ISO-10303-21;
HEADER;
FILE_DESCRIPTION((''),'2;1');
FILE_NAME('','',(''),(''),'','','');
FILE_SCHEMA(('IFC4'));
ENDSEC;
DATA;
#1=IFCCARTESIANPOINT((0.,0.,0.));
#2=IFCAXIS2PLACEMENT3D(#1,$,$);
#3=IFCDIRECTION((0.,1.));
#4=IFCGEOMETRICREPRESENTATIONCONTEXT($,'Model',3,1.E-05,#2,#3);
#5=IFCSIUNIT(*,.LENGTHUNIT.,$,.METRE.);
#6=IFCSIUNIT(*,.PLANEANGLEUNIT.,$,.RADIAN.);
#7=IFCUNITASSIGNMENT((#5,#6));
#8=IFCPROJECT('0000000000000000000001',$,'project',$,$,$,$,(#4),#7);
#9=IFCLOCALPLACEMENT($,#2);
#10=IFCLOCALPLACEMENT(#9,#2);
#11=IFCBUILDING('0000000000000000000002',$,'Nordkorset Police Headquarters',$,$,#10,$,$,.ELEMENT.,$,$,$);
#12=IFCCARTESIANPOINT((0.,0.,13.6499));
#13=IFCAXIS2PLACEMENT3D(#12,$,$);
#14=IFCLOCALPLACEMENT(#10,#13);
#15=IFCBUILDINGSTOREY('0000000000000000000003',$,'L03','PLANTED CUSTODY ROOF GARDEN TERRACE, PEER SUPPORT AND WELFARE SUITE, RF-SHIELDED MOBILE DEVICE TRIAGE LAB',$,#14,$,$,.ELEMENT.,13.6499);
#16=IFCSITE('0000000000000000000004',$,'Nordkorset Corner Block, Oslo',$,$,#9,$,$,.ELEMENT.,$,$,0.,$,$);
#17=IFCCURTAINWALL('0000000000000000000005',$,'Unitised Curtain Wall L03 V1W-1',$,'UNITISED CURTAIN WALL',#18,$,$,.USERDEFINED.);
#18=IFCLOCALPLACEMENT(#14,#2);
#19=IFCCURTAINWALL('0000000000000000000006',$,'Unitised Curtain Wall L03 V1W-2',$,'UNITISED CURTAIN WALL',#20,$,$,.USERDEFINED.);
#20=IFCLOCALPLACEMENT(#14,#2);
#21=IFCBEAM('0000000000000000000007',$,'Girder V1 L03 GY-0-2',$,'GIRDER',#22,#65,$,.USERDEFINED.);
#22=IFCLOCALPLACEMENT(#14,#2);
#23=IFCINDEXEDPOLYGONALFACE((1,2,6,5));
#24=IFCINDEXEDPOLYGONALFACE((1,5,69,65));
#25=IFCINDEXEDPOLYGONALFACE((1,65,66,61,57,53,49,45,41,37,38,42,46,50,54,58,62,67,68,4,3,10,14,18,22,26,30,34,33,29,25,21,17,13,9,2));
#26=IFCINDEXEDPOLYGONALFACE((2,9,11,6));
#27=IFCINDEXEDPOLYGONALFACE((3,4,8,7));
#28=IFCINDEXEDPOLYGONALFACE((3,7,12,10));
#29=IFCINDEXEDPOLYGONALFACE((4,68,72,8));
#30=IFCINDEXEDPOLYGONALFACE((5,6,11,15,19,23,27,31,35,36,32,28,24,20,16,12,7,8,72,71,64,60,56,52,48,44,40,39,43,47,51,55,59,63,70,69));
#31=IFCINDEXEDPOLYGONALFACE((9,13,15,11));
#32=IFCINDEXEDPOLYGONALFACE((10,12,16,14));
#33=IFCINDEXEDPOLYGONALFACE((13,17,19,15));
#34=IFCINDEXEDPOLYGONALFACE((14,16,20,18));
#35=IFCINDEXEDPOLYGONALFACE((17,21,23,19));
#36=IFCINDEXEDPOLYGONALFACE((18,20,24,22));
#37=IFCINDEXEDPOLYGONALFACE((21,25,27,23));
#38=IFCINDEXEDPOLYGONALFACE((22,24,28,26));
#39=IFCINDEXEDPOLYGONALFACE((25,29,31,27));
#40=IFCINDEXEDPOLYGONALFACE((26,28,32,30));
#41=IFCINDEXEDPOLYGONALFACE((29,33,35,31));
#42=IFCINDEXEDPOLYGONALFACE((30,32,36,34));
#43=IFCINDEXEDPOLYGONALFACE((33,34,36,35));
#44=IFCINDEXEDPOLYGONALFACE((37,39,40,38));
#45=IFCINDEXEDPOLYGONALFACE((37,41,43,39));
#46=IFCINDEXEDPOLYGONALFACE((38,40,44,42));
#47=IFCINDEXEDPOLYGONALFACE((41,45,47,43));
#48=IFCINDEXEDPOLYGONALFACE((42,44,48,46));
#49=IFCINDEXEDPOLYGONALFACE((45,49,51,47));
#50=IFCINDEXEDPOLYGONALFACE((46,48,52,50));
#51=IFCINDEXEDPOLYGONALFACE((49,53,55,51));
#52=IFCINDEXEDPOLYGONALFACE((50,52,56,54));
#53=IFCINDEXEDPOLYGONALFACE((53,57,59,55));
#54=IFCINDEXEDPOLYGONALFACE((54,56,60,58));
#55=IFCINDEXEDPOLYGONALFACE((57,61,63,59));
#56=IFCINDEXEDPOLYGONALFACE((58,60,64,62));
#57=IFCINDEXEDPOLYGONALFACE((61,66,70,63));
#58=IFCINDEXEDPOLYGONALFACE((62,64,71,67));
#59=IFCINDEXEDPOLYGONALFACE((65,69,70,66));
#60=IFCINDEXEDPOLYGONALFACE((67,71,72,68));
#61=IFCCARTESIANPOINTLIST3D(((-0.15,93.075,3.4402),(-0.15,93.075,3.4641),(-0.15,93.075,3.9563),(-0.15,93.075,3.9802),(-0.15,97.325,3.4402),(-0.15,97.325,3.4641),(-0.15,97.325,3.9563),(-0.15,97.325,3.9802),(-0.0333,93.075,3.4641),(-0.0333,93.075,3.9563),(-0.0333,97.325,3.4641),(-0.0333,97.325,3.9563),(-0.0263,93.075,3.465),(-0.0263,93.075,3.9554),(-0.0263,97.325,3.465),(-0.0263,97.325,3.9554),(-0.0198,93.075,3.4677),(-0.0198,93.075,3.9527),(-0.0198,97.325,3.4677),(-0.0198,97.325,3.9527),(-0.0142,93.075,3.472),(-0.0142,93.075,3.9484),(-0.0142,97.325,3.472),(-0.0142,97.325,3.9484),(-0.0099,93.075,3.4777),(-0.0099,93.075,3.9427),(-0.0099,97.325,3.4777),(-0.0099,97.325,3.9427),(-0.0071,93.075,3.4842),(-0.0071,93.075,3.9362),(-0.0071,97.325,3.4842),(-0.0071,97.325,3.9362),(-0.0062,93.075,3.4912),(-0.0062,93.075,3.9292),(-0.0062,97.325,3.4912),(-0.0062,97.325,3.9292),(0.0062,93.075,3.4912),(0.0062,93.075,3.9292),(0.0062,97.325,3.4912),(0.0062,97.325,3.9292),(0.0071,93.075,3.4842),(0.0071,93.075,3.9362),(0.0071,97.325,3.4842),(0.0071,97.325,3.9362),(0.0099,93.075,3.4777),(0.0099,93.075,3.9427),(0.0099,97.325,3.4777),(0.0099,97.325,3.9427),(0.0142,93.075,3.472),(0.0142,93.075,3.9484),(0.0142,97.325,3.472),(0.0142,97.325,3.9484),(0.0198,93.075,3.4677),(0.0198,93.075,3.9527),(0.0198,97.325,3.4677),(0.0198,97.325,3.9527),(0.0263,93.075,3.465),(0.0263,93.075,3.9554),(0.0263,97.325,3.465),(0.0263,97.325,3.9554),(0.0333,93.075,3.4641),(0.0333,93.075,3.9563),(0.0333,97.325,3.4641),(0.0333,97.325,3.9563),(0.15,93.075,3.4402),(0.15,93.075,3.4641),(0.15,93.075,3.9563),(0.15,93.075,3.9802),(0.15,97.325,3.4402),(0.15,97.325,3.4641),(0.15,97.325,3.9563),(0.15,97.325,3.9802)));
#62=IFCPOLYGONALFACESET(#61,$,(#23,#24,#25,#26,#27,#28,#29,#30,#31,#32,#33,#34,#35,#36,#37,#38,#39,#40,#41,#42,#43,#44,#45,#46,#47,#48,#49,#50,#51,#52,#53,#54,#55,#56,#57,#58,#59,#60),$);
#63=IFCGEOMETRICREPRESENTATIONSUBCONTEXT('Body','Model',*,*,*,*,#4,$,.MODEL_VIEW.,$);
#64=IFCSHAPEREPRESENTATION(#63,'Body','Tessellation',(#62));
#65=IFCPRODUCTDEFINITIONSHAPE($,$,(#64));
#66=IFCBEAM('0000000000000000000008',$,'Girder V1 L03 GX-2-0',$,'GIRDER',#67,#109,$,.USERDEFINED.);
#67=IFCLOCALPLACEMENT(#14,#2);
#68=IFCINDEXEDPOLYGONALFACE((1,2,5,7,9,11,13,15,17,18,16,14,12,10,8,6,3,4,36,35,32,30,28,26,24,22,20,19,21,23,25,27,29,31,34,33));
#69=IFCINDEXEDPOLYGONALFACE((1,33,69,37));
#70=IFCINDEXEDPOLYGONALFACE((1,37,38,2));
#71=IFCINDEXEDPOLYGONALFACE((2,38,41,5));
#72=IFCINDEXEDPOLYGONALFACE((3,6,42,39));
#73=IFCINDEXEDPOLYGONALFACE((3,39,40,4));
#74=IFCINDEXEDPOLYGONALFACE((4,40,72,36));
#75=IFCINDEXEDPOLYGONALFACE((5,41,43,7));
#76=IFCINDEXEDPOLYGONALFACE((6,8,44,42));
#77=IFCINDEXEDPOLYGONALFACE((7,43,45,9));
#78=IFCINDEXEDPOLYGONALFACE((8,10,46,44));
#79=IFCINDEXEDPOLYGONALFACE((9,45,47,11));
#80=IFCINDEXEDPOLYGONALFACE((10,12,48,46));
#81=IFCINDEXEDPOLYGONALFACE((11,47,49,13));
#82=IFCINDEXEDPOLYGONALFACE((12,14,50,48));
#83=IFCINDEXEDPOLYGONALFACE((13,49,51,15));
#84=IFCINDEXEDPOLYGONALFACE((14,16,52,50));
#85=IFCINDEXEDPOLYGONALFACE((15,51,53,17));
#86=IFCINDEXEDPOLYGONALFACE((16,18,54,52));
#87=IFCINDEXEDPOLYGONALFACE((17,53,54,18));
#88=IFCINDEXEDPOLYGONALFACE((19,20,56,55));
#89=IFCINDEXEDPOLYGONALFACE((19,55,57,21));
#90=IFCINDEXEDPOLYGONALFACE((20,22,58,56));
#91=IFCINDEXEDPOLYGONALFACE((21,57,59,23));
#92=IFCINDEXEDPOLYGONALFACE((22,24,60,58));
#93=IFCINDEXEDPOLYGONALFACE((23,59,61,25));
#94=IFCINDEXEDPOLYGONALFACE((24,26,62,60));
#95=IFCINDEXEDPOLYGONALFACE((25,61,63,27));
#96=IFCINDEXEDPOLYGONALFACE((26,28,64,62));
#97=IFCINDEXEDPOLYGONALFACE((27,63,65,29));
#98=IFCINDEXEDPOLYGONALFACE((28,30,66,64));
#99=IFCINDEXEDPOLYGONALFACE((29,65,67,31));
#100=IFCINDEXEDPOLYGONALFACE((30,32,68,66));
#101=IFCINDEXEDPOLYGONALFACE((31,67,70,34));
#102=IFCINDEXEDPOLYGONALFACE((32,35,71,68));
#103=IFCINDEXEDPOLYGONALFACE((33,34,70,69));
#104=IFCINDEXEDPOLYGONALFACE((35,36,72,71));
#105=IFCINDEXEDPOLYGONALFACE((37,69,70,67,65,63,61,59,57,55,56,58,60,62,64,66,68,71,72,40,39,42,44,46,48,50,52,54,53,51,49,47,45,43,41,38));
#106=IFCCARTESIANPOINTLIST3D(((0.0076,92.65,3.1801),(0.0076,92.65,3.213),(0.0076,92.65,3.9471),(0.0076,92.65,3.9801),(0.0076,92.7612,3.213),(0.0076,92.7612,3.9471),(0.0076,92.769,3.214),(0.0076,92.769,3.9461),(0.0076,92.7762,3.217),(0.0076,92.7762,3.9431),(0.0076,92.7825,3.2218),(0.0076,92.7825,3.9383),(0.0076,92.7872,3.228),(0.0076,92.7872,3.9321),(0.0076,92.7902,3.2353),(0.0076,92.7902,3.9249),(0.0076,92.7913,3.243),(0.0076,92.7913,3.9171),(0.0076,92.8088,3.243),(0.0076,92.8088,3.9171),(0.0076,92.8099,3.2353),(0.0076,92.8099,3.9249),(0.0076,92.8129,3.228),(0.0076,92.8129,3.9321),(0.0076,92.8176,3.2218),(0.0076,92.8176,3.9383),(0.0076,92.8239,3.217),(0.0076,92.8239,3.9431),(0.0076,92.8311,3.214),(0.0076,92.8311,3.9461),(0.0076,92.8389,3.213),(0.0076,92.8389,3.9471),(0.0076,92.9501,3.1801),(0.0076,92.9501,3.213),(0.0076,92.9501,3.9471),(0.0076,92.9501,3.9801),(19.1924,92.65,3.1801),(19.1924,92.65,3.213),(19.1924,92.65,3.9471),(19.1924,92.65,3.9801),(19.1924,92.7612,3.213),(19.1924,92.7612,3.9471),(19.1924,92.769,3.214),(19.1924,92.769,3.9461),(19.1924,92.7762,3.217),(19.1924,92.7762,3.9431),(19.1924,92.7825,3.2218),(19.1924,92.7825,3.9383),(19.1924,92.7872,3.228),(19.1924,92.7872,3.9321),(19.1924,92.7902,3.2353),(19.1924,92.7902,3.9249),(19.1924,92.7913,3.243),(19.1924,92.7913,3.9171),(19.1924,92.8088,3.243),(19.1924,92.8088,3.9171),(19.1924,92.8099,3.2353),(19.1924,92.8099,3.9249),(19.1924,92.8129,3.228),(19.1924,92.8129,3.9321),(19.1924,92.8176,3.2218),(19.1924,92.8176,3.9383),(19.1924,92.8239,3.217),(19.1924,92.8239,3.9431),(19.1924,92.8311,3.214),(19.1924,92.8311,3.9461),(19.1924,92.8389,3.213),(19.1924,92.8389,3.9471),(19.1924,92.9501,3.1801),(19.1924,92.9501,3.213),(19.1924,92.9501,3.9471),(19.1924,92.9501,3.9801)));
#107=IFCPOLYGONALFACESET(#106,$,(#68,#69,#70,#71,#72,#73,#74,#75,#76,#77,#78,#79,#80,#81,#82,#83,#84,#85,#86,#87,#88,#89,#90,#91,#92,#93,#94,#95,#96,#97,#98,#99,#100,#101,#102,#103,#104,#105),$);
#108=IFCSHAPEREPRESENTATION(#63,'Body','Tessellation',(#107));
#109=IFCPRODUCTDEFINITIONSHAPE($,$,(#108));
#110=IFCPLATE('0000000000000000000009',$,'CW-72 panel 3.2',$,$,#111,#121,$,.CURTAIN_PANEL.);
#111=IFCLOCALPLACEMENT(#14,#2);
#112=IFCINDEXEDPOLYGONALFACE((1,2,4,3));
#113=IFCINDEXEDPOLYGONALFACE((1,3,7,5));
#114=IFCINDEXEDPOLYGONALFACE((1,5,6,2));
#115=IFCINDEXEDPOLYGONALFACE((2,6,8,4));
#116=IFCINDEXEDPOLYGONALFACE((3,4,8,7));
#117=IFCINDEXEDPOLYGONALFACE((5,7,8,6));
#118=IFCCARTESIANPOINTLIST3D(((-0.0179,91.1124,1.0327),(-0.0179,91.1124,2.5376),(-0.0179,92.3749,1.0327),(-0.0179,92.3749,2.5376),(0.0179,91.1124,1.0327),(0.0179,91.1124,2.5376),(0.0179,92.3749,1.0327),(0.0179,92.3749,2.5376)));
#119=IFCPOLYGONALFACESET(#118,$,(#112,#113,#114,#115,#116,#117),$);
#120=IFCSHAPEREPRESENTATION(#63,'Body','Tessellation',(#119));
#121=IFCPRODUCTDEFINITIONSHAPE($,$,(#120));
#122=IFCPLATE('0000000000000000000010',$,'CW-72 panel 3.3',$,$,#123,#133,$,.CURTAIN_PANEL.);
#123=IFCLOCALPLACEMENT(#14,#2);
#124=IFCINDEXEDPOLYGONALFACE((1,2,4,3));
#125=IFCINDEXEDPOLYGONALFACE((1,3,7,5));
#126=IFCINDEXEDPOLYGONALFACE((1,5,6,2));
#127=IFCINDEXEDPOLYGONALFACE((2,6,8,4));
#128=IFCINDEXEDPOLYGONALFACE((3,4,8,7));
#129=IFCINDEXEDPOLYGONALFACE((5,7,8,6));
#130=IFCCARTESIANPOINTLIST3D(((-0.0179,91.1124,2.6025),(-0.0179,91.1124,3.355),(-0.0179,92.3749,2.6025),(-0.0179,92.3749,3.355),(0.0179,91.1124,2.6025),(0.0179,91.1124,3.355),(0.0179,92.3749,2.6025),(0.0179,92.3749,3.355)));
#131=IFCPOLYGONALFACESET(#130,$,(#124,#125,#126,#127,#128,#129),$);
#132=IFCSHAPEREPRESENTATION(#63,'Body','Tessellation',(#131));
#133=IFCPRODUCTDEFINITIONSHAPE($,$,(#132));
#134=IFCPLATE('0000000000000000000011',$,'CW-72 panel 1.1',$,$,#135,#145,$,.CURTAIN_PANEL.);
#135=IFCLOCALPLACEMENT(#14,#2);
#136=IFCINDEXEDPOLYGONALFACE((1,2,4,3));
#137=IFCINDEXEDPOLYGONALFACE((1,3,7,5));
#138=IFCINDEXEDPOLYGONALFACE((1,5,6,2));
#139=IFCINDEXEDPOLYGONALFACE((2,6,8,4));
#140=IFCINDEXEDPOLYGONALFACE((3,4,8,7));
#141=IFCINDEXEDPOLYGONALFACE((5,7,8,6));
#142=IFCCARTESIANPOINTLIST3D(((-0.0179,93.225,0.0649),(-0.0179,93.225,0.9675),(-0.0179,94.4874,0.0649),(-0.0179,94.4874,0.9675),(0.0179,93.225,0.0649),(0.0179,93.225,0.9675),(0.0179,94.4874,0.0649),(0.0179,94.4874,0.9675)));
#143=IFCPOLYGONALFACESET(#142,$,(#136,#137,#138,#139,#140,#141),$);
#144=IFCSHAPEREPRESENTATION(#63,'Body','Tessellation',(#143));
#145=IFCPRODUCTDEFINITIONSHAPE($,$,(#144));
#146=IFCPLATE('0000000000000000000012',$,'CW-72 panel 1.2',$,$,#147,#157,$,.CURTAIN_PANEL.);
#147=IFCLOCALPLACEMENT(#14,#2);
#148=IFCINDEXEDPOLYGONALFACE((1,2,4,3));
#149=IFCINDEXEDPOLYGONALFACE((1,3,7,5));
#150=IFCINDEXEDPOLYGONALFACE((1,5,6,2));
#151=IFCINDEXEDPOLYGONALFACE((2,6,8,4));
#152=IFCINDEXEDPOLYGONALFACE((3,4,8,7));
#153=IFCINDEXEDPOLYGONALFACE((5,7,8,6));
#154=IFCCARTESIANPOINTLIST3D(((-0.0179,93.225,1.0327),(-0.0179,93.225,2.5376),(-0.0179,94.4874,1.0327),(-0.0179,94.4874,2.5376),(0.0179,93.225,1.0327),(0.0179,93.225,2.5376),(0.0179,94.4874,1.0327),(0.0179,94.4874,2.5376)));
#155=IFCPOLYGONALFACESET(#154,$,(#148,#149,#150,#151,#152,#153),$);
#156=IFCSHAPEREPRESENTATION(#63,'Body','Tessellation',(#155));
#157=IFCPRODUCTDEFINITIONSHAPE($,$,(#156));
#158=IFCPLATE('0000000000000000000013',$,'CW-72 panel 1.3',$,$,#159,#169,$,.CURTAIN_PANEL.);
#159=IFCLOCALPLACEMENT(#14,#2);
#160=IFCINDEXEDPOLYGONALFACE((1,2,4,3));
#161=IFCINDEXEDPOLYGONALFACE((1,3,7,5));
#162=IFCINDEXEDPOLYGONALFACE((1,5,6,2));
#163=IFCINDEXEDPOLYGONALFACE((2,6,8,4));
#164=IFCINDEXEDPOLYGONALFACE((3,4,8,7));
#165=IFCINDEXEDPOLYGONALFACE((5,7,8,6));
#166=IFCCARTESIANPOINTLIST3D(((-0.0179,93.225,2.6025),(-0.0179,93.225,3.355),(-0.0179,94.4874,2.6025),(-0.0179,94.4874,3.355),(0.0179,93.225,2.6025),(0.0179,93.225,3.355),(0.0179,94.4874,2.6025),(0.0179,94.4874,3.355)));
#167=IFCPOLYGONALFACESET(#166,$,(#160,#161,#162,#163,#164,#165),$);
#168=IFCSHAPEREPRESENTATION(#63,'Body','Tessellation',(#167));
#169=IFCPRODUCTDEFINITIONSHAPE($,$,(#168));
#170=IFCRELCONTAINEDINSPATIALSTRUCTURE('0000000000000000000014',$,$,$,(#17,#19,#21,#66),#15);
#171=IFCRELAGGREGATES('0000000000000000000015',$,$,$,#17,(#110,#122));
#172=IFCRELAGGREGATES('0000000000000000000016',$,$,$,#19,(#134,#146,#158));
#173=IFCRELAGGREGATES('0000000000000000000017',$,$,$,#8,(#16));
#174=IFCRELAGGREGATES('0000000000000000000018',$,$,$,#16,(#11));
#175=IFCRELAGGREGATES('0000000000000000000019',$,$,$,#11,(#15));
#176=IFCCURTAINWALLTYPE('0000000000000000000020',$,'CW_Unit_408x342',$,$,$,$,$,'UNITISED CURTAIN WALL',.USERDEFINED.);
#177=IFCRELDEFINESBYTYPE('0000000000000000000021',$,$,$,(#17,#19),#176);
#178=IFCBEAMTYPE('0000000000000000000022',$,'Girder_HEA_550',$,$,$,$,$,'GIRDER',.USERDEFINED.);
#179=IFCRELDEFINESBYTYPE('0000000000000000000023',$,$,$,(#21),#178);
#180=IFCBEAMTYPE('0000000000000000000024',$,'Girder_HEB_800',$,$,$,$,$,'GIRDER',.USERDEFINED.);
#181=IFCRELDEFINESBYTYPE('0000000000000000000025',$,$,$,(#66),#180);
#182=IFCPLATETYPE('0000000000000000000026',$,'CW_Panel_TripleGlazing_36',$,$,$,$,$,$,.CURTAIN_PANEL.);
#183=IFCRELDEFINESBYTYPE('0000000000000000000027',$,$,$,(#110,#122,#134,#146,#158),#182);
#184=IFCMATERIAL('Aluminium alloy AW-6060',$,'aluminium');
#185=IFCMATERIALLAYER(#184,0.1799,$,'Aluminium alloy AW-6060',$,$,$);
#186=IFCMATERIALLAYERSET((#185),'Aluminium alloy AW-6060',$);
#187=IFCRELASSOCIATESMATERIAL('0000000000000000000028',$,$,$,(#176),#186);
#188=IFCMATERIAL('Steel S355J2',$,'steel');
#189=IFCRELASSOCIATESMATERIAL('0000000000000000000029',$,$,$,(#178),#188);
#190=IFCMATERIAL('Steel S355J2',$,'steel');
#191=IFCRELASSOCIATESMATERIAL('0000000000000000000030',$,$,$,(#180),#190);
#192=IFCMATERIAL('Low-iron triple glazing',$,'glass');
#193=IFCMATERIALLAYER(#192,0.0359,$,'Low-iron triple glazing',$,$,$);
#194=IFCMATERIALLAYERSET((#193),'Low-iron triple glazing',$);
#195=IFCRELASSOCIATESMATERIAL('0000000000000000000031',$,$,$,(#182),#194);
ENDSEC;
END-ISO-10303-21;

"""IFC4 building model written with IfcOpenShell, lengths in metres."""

from ifc_helpers import new_model, si_unit, direction, frame, origin, origin_2d, place, context, subcontext, project, spatial, rectangle, i_section, extrude, material, layer, layer_set, material_profile, profile_set, type_object, element, aggregate, save


model = new_model("IFC4")

# Units and contexts
model_context = context("Model", 3, precision=1e-05, world=origin(), true_north=direction((0.0, 1.0)))
body_context = subcontext(model_context, "Body", "Model", "MODEL_VIEW")
ifc_project = project(units=[si_unit("LENGTHUNIT", "METRE"), si_unit("PLANEANGLEUNIT", "RADIAN")], contexts=[model_context])

# Site, building, storey
site_placement = place(None, origin())
site = spatial("IfcSite", under=ifc_project, at=site_placement, Name="Nordkorset Corner Block, Oslo", CompositionType="ELEMENT", RefElevation=0.0)
building_placement = place(site_placement, origin())
building = spatial("IfcBuilding", under=site, at=building_placement, Name="Nordkorset Police Headquarters", CompositionType="ELEMENT")
storey_placement = place(building_placement, frame((0.0, 0.0, 13.6499)))
storey = spatial("IfcBuildingStorey", under=building, at=storey_placement, Name="L03", Description="PLANTED CUSTODY ROOF GARDEN TERRACE, PEER SUPPORT AND WELFARE SUITE, RF-SHIELDED MOBILE DEVICE TRIAGE LAB", CompositionType="ELEMENT", Elevation=13.6499)

# Curtain wall
ifc_material_1 = material(Name="Aluminium alloy AW-6060", Category="aluminium")
ifc_layer_1 = layer(ifc_material_1, 0.1799, Name="Aluminium alloy AW-6060")
ifc_layer_set_1 = layer_set([ifc_layer_1], Name="Aluminium alloy AW-6060")
curtain_wall_type = type_object("IfcCurtainWallType", Name="CW_Unit_408x342", ElementType="UNITISED CURTAIN WALL", PredefinedType="USERDEFINED", material=ifc_layer_set_1)
curtain_wall_1_placement = place(storey_placement, origin())
curtain_wall_1 = element("IfcCurtainWall", 1, at=curtain_wall_1_placement, inside=storey, type_object=curtain_wall_type, Name="Unitised Curtain Wall L03 V1W-1", ObjectType="UNITISED CURTAIN WALL", PredefinedType="USERDEFINED")

# Curtain wall
curtain_wall_2_placement = place(storey_placement, origin())
curtain_wall_2 = element("IfcCurtainWall", 2, at=curtain_wall_2_placement, inside=storey, type_object=curtain_wall_type, Name="Unitised Curtain Wall L03 V1W-2", ObjectType="UNITISED CURTAIN WALL", PredefinedType="USERDEFINED")

# Beams
ifc_material_2 = material(Name="Steel S355J2", Category="steel")
ifc_material_profile_1 = material_profile(ifc_material_2, i_section(OverallWidth=0.3, OverallDepth=0.54, WebThickness=0.0125, FlangeThickness=0.0239, FilletRadius=0.0271, at=origin_2d()), Name="HEA 550")
ifc_profile_set_1 = profile_set([ifc_material_profile_1], Name="Steel S355J2")
beam_type_1 = type_object("IfcBeamType", Name="Girder_HEA_550", ElementType="GIRDER", PredefinedType="USERDEFINED", material=ifc_profile_set_1)
beam_1_placement = place(storey_placement, frame((0.0, 93.075, 3.7102), z_axis=(0.0, 1.0, 0.0), x_axis=(-1.0, 0.0, 0.0)))
element("IfcBeam", 3, at=beam_1_placement, inside=storey, type_object=beam_type_1, Name="Girder V1 L03 GY-0-2", ObjectType="GIRDER", PredefinedType="USERDEFINED", context=body_context, shape_type="SweptSolid", body=[
    extrude(i_section(OverallWidth=0.3, OverallDepth=0.54, WebThickness=0.0125, FlangeThickness=0.0239, FilletRadius=0.0271, at=origin_2d()), origin(), (0.0, 0.0, 1.0), 4.25),
])
ifc_material_3 = material(Name="Steel S355J2", Category="steel")
ifc_material_profile_2 = material_profile(ifc_material_3, i_section(OverallWidth=0.3, OverallDepth=0.8, WebThickness=0.0176, FlangeThickness=0.033, FilletRadius=0.03, at=origin_2d()), Name="HEB 800")
ifc_profile_set_2 = profile_set([ifc_material_profile_2], Name="Steel S355J2")
beam_type_2 = type_object("IfcBeamType", Name="Girder_HEB_800", ElementType="GIRDER", PredefinedType="USERDEFINED", material=ifc_profile_set_2)
beam_2_placement = place(storey_placement, frame((0.0076, 92.8, 3.5801), z_axis=(1.0, 0.0, 0.0), x_axis=(0.0, 1.0, 0.0)))
element("IfcBeam", 4, at=beam_2_placement, inside=storey, type_object=beam_type_2, Name="Girder V1 L03 GX-2-0", ObjectType="GIRDER", PredefinedType="USERDEFINED", context=body_context, shape_type="SweptSolid", body=[
    extrude(i_section(OverallWidth=0.3, OverallDepth=0.8, WebThickness=0.0176, FlangeThickness=0.033, FilletRadius=0.03, at=origin_2d()), origin(), (0.0, 0.0, 1.0), 19.1848),
])

# Plates
ifc_material_4 = material(Name="Low-iron triple glazing", Category="glass")
ifc_layer_2 = layer(ifc_material_4, 0.0359, Name="Low-iron triple glazing")
ifc_layer_set_2 = layer_set([ifc_layer_2], Name="Low-iron triple glazing")
plate_type = type_object("IfcPlateType", Name="CW_Panel_TripleGlazing_36", PredefinedType="CURTAIN_PANEL", material=ifc_layer_set_2)
plate_1_placement = place(storey_placement, frame((0.0, 91.7437, 1.0327), z_axis=(0.0, 0.0, 1.0), x_axis=(0.0, 1.0, 0.0)))
plate_1 = element("IfcPlate", 5, at=plate_1_placement, type_object=plate_type, Name="CW-72 panel 3.2", PredefinedType="CURTAIN_PANEL", context=body_context, shape_type="SweptSolid", body=[
    extrude(rectangle(XDim=1.2625, YDim=0.0359, at=origin_2d()), origin(), (0.0, 0.0, 1.0), 1.5049),
])
plate_2_placement = place(storey_placement, frame((0.0, 91.7437, 2.6025), z_axis=(0.0, 0.0, 1.0), x_axis=(0.0, 1.0, 0.0)))
plate_2 = element("IfcPlate", 6, at=plate_2_placement, type_object=plate_type, Name="CW-72 panel 3.3", PredefinedType="CURTAIN_PANEL", context=body_context, shape_type="SweptSolid", body=[
    extrude(rectangle(XDim=1.2625, YDim=0.0359, at=origin_2d()), origin(), (0.0, 0.0, 1.0), 0.7524),
])
aggregate(curtain_wall_1, [plate_1, plate_2])
plate_3_placement = place(storey_placement, frame((0.0, 93.8562, 0.0649), z_axis=(0.0, 0.0, 1.0), x_axis=(0.0, 1.0, 0.0)))
plate_3 = element("IfcPlate", 7, at=plate_3_placement, type_object=plate_type, Name="CW-72 panel 1.1", PredefinedType="CURTAIN_PANEL", context=body_context, shape_type="SweptSolid", body=[
    extrude(rectangle(XDim=1.2625, YDim=0.0359, at=origin_2d()), origin(), (0.0, 0.0, 1.0), 0.9026),
])
plate_4_placement = place(storey_placement, frame((0.0, 93.8562, 1.0327), z_axis=(0.0, 0.0, 1.0), x_axis=(0.0, 1.0, 0.0)))
plate_4 = element("IfcPlate", 8, at=plate_4_placement, type_object=plate_type, Name="CW-72 panel 1.2", PredefinedType="CURTAIN_PANEL", context=body_context, shape_type="SweptSolid", body=[
    extrude(rectangle(XDim=1.2625, YDim=0.0359, at=origin_2d()), origin(), (0.0, 0.0, 1.0), 1.5049),
])
plate_5_placement = place(storey_placement, frame((0.0, 93.8562, 2.6025), z_axis=(0.0, 0.0, 1.0), x_axis=(0.0, 1.0, 0.0)))
plate_5 = element("IfcPlate", 9, at=plate_5_placement, type_object=plate_type, Name="CW-72 panel 1.3", PredefinedType="CURTAIN_PANEL", context=body_context, shape_type="SweptSolid", body=[
    extrude(rectangle(XDim=1.2625, YDim=0.0359, at=origin_2d()), origin(), (0.0, 0.0, 1.0), 0.7524),
])
aggregate(curtain_wall_2, [plate_3, plate_4, plate_5])

save(model, "model.ifc")
